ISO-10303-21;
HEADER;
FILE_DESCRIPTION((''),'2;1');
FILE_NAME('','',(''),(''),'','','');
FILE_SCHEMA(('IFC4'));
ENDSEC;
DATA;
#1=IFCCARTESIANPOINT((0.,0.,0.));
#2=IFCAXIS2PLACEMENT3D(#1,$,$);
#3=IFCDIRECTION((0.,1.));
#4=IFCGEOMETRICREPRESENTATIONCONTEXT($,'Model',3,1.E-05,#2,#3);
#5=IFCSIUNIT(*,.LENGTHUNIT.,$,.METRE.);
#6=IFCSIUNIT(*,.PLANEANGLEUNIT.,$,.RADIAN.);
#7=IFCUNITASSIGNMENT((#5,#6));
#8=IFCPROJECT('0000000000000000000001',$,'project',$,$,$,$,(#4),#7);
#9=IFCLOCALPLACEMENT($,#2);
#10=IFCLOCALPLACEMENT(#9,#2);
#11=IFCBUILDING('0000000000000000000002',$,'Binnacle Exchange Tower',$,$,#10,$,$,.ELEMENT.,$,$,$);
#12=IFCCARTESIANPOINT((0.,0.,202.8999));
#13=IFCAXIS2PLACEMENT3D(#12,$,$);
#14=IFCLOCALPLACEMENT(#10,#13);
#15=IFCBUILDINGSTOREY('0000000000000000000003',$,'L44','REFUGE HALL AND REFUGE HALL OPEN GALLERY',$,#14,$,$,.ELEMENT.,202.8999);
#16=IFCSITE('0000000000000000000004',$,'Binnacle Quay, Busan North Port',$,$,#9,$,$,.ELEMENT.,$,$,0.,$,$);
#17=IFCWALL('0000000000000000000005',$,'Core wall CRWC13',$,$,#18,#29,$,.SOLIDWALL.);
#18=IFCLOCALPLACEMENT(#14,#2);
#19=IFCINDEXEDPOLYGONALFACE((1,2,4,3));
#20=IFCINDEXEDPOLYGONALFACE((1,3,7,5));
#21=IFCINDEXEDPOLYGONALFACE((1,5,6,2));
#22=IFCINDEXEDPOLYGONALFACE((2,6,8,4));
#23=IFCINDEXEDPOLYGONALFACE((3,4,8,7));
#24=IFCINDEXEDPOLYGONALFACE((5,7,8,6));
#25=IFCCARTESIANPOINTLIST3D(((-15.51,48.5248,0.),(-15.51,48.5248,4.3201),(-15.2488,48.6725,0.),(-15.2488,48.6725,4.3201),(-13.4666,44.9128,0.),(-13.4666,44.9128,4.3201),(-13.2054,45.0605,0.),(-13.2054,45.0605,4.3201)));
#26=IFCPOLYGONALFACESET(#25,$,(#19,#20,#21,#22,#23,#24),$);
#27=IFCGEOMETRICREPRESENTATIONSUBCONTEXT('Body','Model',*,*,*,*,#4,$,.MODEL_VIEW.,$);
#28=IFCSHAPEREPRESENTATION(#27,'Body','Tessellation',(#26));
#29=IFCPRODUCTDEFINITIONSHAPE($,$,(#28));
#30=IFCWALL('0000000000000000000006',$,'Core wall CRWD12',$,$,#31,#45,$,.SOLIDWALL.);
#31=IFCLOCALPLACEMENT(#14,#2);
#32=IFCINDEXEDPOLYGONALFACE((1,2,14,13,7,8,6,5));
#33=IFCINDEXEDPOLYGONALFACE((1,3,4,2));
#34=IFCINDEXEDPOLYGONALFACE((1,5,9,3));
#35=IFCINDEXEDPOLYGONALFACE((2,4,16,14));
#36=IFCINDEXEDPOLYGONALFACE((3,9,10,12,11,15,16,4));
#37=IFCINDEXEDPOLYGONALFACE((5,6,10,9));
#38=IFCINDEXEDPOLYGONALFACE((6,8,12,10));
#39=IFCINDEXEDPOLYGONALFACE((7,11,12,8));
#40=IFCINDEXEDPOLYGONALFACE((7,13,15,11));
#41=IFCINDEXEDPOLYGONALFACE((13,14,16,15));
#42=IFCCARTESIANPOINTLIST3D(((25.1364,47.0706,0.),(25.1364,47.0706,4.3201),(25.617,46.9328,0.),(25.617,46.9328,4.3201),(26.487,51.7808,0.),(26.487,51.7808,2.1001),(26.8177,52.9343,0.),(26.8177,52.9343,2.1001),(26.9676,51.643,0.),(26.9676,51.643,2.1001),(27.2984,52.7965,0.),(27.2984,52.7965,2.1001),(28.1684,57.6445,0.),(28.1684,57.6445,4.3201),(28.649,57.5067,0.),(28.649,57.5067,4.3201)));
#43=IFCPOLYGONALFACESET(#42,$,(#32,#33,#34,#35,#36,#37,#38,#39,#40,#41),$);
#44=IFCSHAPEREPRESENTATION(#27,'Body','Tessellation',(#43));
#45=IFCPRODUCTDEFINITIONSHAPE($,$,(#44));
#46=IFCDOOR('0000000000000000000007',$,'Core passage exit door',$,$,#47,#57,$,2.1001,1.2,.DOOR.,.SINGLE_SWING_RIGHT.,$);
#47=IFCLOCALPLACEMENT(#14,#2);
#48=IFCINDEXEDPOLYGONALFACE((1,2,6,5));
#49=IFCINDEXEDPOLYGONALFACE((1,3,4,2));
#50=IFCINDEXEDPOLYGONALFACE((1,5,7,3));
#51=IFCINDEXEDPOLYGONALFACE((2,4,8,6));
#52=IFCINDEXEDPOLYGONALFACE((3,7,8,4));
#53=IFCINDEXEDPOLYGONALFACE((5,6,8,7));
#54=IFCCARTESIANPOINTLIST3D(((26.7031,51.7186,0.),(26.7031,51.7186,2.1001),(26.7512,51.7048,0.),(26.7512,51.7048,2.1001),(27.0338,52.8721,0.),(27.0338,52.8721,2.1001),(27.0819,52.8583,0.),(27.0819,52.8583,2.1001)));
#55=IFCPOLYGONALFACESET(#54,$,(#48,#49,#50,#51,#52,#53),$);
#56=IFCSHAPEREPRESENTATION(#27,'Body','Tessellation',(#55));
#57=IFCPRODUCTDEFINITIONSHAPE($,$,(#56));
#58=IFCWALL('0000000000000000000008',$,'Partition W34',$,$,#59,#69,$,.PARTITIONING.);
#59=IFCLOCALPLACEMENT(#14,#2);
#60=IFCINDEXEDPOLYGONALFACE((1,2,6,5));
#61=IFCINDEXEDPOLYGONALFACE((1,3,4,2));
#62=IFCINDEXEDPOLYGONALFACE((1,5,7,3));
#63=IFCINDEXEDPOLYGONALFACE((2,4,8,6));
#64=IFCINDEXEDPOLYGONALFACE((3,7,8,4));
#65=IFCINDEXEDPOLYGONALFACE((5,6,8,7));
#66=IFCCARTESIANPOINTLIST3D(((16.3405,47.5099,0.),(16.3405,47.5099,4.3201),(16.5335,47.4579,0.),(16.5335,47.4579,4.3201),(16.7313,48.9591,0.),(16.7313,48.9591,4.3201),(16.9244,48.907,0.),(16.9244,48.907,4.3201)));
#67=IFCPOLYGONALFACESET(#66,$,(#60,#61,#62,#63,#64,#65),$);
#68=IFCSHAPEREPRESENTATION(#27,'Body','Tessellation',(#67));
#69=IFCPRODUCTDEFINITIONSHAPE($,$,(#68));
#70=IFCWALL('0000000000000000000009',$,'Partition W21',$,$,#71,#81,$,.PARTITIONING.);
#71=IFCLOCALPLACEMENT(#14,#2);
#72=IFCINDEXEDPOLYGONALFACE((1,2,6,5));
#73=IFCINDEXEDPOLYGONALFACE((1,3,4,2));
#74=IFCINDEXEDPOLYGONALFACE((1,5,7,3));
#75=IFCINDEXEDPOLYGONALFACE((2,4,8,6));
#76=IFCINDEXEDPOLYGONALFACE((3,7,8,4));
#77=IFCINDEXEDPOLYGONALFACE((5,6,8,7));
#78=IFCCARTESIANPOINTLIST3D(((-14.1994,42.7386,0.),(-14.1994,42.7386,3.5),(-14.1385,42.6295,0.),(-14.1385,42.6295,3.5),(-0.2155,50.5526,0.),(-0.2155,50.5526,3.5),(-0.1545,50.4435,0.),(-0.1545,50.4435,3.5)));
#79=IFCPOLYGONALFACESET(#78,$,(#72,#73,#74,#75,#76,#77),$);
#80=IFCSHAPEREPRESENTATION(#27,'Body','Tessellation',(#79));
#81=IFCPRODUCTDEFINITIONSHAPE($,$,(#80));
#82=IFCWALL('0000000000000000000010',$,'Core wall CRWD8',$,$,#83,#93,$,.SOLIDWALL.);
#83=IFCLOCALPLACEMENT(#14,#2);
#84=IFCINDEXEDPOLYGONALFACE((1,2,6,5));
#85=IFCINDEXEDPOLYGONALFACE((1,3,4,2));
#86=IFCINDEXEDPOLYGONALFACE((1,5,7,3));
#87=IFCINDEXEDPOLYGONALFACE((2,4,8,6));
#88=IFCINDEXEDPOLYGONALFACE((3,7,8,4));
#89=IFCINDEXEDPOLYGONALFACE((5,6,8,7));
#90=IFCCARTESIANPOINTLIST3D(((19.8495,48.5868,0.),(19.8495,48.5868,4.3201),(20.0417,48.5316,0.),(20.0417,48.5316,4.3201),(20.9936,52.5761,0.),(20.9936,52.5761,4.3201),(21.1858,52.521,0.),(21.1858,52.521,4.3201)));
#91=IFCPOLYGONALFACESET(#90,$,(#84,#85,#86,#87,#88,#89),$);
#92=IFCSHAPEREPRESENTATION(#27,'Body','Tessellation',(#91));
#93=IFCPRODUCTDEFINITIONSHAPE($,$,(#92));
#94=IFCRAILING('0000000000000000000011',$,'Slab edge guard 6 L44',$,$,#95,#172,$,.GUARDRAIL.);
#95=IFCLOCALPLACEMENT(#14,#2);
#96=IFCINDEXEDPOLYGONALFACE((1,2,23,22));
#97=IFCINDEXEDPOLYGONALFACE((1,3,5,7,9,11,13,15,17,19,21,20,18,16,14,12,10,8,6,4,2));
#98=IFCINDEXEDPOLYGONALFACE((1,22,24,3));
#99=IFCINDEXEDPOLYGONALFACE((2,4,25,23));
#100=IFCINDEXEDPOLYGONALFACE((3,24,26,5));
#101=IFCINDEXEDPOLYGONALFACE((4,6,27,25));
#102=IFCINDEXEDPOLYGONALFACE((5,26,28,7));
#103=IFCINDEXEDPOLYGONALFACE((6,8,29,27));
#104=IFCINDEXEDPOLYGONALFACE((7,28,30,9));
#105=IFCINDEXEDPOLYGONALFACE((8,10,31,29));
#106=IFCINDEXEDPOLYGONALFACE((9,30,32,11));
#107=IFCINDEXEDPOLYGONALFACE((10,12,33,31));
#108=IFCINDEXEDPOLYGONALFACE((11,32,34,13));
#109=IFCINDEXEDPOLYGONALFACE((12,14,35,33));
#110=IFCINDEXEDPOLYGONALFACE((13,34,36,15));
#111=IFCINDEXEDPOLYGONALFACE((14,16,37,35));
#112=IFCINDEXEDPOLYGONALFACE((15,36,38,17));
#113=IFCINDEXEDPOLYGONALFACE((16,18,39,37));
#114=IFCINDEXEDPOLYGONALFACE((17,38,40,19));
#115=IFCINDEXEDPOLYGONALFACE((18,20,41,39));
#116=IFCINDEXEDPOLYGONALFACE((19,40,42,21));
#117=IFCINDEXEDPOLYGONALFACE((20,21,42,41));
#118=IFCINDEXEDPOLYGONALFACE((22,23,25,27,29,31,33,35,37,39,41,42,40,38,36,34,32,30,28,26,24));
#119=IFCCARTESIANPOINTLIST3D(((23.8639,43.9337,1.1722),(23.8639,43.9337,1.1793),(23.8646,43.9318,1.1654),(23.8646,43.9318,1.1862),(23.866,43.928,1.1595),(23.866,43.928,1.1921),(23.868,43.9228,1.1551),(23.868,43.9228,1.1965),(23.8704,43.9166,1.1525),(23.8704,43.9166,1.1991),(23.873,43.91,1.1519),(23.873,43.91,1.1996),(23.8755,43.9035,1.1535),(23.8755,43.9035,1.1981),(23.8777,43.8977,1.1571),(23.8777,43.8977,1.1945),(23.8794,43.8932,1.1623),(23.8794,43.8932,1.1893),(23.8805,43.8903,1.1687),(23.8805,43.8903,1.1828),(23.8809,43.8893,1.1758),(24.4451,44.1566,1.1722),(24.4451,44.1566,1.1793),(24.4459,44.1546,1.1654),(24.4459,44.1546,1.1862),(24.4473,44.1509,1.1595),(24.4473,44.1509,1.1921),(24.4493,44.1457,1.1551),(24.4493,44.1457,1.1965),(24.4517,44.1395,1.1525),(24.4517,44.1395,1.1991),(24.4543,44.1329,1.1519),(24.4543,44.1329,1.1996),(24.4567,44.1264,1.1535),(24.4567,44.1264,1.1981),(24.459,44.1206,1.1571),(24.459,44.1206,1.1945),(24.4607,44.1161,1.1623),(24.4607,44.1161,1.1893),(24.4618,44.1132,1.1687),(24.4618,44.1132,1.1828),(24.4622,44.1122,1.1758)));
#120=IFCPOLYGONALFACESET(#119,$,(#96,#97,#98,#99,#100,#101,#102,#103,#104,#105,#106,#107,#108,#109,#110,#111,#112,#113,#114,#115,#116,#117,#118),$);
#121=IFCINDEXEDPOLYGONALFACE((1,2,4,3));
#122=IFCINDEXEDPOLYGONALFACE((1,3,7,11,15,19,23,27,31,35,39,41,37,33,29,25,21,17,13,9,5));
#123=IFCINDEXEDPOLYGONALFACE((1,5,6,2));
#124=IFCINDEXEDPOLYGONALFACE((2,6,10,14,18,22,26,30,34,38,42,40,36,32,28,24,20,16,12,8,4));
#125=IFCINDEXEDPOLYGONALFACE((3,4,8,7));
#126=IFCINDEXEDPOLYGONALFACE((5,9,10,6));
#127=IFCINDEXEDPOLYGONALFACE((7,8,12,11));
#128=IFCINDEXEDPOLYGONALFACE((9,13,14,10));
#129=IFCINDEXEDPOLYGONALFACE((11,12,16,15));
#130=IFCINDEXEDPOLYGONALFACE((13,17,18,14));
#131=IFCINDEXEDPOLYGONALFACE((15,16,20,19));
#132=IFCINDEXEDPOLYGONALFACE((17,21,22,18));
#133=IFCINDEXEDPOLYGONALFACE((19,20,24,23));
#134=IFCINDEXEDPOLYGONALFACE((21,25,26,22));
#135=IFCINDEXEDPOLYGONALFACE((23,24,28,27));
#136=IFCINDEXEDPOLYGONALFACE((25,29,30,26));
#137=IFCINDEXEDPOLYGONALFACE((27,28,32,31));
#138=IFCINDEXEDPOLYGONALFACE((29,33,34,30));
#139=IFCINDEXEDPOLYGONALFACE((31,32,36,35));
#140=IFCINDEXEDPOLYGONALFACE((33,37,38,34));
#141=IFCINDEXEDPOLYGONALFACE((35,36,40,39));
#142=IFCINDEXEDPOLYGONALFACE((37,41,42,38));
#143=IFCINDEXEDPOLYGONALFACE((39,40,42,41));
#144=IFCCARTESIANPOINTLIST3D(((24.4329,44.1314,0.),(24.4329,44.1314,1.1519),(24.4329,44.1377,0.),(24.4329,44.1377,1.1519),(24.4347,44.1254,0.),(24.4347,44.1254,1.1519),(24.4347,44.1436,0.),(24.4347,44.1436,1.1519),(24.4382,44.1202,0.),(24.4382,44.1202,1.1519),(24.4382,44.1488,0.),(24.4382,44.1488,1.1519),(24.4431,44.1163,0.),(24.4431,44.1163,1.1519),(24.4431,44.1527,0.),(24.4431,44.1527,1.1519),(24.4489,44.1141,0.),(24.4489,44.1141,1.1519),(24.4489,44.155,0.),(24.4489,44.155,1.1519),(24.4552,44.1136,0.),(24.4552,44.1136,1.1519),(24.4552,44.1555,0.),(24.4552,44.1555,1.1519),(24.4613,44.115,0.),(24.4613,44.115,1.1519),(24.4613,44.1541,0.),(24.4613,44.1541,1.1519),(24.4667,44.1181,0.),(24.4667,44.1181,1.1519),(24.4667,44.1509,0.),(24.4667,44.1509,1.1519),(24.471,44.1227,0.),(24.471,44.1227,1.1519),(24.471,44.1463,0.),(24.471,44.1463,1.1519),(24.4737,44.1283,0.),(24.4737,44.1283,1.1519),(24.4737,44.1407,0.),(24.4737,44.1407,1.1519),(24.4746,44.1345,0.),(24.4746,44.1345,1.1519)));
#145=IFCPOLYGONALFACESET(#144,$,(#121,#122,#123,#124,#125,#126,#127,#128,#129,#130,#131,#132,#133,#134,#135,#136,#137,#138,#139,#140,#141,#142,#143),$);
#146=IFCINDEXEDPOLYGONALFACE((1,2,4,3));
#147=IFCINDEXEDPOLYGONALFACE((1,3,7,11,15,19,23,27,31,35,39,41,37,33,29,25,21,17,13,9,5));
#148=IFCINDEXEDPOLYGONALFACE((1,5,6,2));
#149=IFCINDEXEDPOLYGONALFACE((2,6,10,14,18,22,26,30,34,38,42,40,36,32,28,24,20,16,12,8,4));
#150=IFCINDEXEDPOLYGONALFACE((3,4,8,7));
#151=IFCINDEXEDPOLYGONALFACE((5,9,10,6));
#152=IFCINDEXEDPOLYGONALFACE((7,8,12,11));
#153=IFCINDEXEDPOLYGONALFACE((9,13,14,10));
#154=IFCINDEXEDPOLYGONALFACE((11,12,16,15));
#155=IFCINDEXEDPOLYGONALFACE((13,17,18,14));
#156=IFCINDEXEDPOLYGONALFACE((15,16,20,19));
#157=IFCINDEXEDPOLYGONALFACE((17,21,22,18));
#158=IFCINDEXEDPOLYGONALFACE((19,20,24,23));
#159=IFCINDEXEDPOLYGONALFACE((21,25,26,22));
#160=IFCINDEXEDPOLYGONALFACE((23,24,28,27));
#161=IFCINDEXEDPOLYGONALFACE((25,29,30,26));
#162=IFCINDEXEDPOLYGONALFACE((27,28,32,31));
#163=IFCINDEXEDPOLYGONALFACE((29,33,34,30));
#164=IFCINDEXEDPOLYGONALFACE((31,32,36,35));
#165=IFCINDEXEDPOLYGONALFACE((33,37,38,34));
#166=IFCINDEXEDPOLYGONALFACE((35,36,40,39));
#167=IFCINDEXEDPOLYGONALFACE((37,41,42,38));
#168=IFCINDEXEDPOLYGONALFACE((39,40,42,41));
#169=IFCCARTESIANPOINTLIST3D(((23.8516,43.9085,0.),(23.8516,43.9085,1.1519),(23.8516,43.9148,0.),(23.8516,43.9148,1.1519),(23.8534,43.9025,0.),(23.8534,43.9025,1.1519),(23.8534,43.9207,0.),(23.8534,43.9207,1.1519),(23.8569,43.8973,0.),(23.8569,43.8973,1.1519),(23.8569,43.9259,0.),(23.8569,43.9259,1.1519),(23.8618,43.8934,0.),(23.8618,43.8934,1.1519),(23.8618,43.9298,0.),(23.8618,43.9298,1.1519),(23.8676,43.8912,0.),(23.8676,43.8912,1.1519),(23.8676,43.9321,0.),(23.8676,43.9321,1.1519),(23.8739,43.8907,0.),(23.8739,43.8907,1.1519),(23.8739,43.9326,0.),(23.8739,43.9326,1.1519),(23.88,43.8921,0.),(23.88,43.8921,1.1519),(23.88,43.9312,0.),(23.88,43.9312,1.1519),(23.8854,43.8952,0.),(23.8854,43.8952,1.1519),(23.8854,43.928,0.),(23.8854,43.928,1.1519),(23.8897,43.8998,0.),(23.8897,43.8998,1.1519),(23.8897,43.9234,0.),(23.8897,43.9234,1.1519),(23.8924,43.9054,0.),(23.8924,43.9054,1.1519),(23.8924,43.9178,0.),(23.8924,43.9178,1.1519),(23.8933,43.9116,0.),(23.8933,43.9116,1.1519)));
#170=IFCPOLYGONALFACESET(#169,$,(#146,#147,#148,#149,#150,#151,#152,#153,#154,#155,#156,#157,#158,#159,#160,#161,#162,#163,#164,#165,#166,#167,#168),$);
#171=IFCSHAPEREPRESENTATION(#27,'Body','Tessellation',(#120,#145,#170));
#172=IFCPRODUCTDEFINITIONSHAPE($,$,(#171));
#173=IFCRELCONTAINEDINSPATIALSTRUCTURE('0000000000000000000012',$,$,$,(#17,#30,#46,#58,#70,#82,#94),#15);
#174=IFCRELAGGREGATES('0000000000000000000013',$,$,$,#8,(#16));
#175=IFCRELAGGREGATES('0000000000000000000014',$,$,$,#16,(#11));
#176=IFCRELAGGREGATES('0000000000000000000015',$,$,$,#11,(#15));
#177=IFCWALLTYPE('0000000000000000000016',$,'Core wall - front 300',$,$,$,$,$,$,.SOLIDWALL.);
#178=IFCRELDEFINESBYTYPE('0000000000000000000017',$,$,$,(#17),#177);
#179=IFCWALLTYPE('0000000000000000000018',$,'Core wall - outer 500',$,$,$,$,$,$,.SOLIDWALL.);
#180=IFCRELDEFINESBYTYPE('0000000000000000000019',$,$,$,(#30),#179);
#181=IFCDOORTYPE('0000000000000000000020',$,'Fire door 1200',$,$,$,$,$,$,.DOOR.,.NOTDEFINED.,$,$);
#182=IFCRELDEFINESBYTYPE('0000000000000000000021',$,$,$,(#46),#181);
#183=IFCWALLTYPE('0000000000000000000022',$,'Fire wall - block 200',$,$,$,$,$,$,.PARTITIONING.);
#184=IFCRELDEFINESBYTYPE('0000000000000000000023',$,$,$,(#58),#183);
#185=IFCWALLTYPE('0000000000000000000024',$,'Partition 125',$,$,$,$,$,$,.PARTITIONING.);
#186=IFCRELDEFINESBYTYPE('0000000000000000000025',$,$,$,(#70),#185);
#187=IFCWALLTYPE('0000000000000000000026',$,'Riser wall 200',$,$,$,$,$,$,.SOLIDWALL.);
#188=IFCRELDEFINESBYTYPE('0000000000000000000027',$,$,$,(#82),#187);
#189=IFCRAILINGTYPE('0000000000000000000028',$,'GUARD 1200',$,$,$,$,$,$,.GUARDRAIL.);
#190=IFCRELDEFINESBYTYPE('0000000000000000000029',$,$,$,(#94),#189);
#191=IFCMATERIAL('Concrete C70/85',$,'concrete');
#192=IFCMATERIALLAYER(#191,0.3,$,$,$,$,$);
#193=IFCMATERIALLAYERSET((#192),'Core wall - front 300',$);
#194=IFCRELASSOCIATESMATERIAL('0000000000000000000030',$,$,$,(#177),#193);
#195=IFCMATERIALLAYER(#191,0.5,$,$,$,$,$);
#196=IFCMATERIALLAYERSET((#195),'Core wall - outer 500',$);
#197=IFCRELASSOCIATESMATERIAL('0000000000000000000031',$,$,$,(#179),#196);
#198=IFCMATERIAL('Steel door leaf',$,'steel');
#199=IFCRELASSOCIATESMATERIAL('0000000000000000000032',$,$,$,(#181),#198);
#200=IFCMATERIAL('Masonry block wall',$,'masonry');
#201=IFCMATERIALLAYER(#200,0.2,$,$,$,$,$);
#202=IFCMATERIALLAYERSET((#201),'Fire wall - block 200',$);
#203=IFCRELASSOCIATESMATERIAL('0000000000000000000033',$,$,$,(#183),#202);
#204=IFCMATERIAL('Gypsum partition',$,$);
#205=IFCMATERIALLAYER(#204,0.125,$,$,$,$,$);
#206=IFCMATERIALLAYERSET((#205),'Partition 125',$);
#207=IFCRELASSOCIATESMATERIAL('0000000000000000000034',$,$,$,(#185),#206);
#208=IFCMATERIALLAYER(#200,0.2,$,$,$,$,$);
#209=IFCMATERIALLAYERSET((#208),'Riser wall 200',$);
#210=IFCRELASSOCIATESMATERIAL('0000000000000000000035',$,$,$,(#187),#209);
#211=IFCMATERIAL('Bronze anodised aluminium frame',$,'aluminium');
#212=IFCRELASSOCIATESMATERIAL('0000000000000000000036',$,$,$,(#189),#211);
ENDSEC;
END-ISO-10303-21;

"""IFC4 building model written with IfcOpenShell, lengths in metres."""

from ifc_helpers import new_model, si_unit, direction, frame, frame_2d, origin, origin_2d, place, context, subcontext, project, spatial, rectangle, circle, extrude, material, layer, layer_set, type_object, element, fill, save


model = new_model("IFC4")

# Units and contexts
model_context = context("Model", 3, precision=1e-05, world=origin(), true_north=direction((0.0, 1.0)))
body_context = subcontext(model_context, "Body", "Model", "MODEL_VIEW")
ifc_project = project(units=[si_unit("LENGTHUNIT", "METRE"), si_unit("PLANEANGLEUNIT", "RADIAN")], contexts=[model_context])

# Site, building, storey
site_placement = place(None, origin())
site = spatial("IfcSite", under=ifc_project, at=site_placement, Name="Binnacle Quay, Busan North Port", CompositionType="ELEMENT", RefElevation=0.0)
building_placement = place(site_placement, origin())
building = spatial("IfcBuilding", under=site, at=building_placement, Name="Binnacle Exchange Tower", CompositionType="ELEMENT")
storey_placement = place(building_placement, frame((0.0, 0.0, 202.8999)))
storey = spatial("IfcBuildingStorey", under=building, at=storey_placement, Name="L44", Description="REFUGE HALL AND REFUGE HALL OPEN GALLERY", CompositionType="ELEMENT", Elevation=202.8999)

# Shared definitions
ifc_material_1 = material(Name="Concrete C70/85", Category="concrete")

# Wall
ifc_layer_1 = layer(ifc_material_1, 0.3)
ifc_layer_set_1 = layer_set([ifc_layer_1], Name="Core wall - front 300")
wall_type_1 = type_object("IfcWallType", Name="Core wall - front 300", PredefinedType="SOLIDWALL", material=ifc_layer_set_1)
wall_1_placement = place(storey_placement, frame((-15.3794, 48.5986, 0.0), z_axis=(0.0, 0.0, 1.0), x_axis=(0.492396, -0.870371, 0.0)))
element("IfcWall", 1, at=wall_1_placement, inside=storey, type_object=wall_type_1, Name="Core wall CRWC13", PredefinedType="SOLIDWALL", context=body_context, shape_type="SweptSolid", body=[
    extrude(rectangle(XDim=4.1499, YDim=0.3, at=frame_2d((2.075, 0.0))), origin(), (0.0, 0.0, 1.0), 4.3201),
])

# Wall, opening, door
ifc_layer_2 = layer(ifc_material_1, 0.5)
ifc_layer_set_2 = layer_set([ifc_layer_2], Name="Core wall - outer 500")
wall_type_2 = type_object("IfcWallType", Name="Core wall - outer 500", PredefinedType="SOLIDWALL", material=ifc_layer_set_2)
wall_2_placement = place(storey_placement, frame((25.3767, 47.0017, 0.0), z_axis=(0.0, 0.0, 1.0), x_axis=(0.275633, 0.961263, 0.0)))
wall_2 = element("IfcWall", 2, at=wall_2_placement, inside=storey, type_object=wall_type_2, Name="Core wall CRWD12", PredefinedType="SOLIDWALL", context=body_context, shape_type="SweptSolid", body=[
    extrude(rectangle(XDim=11.0, YDim=0.5, at=frame_2d((5.5, 0.0))), origin(), (0.0, 0.0, 1.0), 4.3201),
])
opening_placement = place(wall_2_placement, frame((4.8999, 0.0, 0.0)))
opening = element("IfcOpeningElement", 3, at=opening_placement, cuts=wall_2, PredefinedType="OPENING", context=body_context, shape_type="SweptSolid", body=[
    extrude(rectangle(XDim=1.2, YDim=2.1001, at=frame_2d((0.6001, 1.05))), frame((0.0, 0.26, 0.0), z_axis=(0.0, -1.0, 0.0), x_axis=(1.0, 0.0, 0.0)), (0.0, 0.0, 1.0), 0.52),
])
ifc_material_2 = material(Name="Steel door leaf", Category="steel")
door_type = type_object("IfcDoorType", Name="Fire door 1200", OperationType="NOTDEFINED", PredefinedType="DOOR", material=ifc_material_2)
door_placement = place(opening_placement, frame((1.2, 0.0, 0.0), z_axis=(0.0, 0.0, 1.0), x_axis=(-1.0, 0.0, 0.0)))
door = element("IfcDoor", 4, at=door_placement, inside=storey, type_object=door_type, Name="Core passage exit door", OperationType="SINGLE_SWING_RIGHT", OverallHeight=2.1001, OverallWidth=1.2, PredefinedType="DOOR", context=body_context, shape_type="SweptSolid", body=[
    extrude(rectangle(XDim=1.2, YDim=2.1001, at=frame_2d((0.6001, 1.05))), frame((0.0, 0.0249, 0.0), z_axis=(0.0, -1.0, 0.0), x_axis=(1.0, 0.0, 0.0)), (0.0, 0.0, 1.0), 0.05),
])
fill(opening, door)

# Walls
ifc_material_3 = material(Name="Masonry block wall", Category="masonry")
ifc_layer_3 = layer(ifc_material_3, 0.2)
ifc_layer_set_3 = layer_set([ifc_layer_3], Name="Fire wall - block 200")
wall_type_3 = type_object("IfcWallType", Name="Fire wall - block 200", PredefinedType="PARTITIONING", material=ifc_layer_set_3)
wall_3_placement = place(storey_placement, frame((16.437, 47.4839, 0.0), z_axis=(0.0, 0.0, 1.0), x_axis=(0.260405, 0.965499, 0.0)))
element("IfcWall", 5, at=wall_3_placement, inside=storey, type_object=wall_type_3, Name="Partition W34", PredefinedType="PARTITIONING", context=body_context, shape_type="SweptSolid", body=[
    extrude(rectangle(XDim=1.501, YDim=0.2, at=frame_2d((0.7505, 0.0))), origin(), (0.0, 0.0, 1.0), 4.3201),
])
ifc_material_4 = material(Name="Gypsum partition")
ifc_layer_4 = layer(ifc_material_4, 0.125)
ifc_layer_set_4 = layer_set([ifc_layer_4], Name="Partition 125")
wall_type_4 = type_object("IfcWallType", Name="Partition 125", PredefinedType="PARTITIONING", material=ifc_layer_set_4)
wall_4_placement = place(storey_placement, frame((-14.1689, 42.6841, 0.0), z_axis=(0.0, 0.0, 1.0), x_axis=(0.872958, 0.487795, 0.0)))
element("IfcWall", 6, at=wall_4_placement, inside=storey, type_object=wall_type_4, Name="Partition W21", PredefinedType="PARTITIONING", context=body_context, shape_type="SweptSolid", body=[
    extrude(rectangle(XDim=16.019, YDim=0.125, at=frame_2d((8.0095, 0.0))), origin(), (0.0, 0.0, 1.0), 3.5),
])
ifc_layer_5 = layer(ifc_material_3, 0.2)
ifc_layer_set_5 = layer_set([ifc_layer_5], Name="Riser wall 200")
wall_type_5 = type_object("IfcWallType", Name="Riser wall 200", PredefinedType="SOLIDWALL", material=ifc_layer_set_5)
wall_5_placement = place(storey_placement, frame((19.9456, 48.5591, 0.0), z_axis=(0.0, 0.0, 1.0), x_axis=(0.275669, 0.961253, 0.0)))
element("IfcWall", 7, at=wall_5_placement, inside=storey, type_object=wall_type_5, Name="Core wall CRWD8", PredefinedType="SOLIDWALL", context=body_context, shape_type="SweptSolid", body=[
    extrude(rectangle(XDim=4.1501, YDim=0.2, at=frame_2d((2.0752, 0.0))), origin(), (0.0, 0.0, 1.0), 4.3201),
])

# Railing
ifc_material_5 = material(Name="Bronze anodised aluminium frame", Category="aluminium")
railing_type = type_object("IfcRailingType", Name="GUARD 1200", PredefinedType="GUARDRAIL", material=ifc_material_5)
railing_1_placement = place(storey_placement, frame((24.4536, 44.1345, 0.0)))
element("IfcRailing", 8, at=railing_1_placement, inside=storey, type_object=railing_type, Name="Slab edge guard 6 L44", PredefinedType="GUARDRAIL", context=body_context, shape_type="SweptSolid", body=[
    extrude(circle(Radius=0.0239, at=origin_2d()), frame((0.0, 0.0, 1.1758), z_axis=(-0.933709, -0.358033, 0.0), x_axis=(0.358033, -0.933709, 0.0)), (0.0, 0.0, 1.0), 0.6226),
    extrude(circle(Radius=0.021, at=origin_2d()), origin(), (0.0, 0.0, 1.0), 1.1519),
    extrude(circle(Radius=0.021, at=origin_2d()), frame((-0.5813, -0.2229, 0.0)), (0.0, 0.0, 1.0), 1.1519),
])

save(model, "model.ifc")
